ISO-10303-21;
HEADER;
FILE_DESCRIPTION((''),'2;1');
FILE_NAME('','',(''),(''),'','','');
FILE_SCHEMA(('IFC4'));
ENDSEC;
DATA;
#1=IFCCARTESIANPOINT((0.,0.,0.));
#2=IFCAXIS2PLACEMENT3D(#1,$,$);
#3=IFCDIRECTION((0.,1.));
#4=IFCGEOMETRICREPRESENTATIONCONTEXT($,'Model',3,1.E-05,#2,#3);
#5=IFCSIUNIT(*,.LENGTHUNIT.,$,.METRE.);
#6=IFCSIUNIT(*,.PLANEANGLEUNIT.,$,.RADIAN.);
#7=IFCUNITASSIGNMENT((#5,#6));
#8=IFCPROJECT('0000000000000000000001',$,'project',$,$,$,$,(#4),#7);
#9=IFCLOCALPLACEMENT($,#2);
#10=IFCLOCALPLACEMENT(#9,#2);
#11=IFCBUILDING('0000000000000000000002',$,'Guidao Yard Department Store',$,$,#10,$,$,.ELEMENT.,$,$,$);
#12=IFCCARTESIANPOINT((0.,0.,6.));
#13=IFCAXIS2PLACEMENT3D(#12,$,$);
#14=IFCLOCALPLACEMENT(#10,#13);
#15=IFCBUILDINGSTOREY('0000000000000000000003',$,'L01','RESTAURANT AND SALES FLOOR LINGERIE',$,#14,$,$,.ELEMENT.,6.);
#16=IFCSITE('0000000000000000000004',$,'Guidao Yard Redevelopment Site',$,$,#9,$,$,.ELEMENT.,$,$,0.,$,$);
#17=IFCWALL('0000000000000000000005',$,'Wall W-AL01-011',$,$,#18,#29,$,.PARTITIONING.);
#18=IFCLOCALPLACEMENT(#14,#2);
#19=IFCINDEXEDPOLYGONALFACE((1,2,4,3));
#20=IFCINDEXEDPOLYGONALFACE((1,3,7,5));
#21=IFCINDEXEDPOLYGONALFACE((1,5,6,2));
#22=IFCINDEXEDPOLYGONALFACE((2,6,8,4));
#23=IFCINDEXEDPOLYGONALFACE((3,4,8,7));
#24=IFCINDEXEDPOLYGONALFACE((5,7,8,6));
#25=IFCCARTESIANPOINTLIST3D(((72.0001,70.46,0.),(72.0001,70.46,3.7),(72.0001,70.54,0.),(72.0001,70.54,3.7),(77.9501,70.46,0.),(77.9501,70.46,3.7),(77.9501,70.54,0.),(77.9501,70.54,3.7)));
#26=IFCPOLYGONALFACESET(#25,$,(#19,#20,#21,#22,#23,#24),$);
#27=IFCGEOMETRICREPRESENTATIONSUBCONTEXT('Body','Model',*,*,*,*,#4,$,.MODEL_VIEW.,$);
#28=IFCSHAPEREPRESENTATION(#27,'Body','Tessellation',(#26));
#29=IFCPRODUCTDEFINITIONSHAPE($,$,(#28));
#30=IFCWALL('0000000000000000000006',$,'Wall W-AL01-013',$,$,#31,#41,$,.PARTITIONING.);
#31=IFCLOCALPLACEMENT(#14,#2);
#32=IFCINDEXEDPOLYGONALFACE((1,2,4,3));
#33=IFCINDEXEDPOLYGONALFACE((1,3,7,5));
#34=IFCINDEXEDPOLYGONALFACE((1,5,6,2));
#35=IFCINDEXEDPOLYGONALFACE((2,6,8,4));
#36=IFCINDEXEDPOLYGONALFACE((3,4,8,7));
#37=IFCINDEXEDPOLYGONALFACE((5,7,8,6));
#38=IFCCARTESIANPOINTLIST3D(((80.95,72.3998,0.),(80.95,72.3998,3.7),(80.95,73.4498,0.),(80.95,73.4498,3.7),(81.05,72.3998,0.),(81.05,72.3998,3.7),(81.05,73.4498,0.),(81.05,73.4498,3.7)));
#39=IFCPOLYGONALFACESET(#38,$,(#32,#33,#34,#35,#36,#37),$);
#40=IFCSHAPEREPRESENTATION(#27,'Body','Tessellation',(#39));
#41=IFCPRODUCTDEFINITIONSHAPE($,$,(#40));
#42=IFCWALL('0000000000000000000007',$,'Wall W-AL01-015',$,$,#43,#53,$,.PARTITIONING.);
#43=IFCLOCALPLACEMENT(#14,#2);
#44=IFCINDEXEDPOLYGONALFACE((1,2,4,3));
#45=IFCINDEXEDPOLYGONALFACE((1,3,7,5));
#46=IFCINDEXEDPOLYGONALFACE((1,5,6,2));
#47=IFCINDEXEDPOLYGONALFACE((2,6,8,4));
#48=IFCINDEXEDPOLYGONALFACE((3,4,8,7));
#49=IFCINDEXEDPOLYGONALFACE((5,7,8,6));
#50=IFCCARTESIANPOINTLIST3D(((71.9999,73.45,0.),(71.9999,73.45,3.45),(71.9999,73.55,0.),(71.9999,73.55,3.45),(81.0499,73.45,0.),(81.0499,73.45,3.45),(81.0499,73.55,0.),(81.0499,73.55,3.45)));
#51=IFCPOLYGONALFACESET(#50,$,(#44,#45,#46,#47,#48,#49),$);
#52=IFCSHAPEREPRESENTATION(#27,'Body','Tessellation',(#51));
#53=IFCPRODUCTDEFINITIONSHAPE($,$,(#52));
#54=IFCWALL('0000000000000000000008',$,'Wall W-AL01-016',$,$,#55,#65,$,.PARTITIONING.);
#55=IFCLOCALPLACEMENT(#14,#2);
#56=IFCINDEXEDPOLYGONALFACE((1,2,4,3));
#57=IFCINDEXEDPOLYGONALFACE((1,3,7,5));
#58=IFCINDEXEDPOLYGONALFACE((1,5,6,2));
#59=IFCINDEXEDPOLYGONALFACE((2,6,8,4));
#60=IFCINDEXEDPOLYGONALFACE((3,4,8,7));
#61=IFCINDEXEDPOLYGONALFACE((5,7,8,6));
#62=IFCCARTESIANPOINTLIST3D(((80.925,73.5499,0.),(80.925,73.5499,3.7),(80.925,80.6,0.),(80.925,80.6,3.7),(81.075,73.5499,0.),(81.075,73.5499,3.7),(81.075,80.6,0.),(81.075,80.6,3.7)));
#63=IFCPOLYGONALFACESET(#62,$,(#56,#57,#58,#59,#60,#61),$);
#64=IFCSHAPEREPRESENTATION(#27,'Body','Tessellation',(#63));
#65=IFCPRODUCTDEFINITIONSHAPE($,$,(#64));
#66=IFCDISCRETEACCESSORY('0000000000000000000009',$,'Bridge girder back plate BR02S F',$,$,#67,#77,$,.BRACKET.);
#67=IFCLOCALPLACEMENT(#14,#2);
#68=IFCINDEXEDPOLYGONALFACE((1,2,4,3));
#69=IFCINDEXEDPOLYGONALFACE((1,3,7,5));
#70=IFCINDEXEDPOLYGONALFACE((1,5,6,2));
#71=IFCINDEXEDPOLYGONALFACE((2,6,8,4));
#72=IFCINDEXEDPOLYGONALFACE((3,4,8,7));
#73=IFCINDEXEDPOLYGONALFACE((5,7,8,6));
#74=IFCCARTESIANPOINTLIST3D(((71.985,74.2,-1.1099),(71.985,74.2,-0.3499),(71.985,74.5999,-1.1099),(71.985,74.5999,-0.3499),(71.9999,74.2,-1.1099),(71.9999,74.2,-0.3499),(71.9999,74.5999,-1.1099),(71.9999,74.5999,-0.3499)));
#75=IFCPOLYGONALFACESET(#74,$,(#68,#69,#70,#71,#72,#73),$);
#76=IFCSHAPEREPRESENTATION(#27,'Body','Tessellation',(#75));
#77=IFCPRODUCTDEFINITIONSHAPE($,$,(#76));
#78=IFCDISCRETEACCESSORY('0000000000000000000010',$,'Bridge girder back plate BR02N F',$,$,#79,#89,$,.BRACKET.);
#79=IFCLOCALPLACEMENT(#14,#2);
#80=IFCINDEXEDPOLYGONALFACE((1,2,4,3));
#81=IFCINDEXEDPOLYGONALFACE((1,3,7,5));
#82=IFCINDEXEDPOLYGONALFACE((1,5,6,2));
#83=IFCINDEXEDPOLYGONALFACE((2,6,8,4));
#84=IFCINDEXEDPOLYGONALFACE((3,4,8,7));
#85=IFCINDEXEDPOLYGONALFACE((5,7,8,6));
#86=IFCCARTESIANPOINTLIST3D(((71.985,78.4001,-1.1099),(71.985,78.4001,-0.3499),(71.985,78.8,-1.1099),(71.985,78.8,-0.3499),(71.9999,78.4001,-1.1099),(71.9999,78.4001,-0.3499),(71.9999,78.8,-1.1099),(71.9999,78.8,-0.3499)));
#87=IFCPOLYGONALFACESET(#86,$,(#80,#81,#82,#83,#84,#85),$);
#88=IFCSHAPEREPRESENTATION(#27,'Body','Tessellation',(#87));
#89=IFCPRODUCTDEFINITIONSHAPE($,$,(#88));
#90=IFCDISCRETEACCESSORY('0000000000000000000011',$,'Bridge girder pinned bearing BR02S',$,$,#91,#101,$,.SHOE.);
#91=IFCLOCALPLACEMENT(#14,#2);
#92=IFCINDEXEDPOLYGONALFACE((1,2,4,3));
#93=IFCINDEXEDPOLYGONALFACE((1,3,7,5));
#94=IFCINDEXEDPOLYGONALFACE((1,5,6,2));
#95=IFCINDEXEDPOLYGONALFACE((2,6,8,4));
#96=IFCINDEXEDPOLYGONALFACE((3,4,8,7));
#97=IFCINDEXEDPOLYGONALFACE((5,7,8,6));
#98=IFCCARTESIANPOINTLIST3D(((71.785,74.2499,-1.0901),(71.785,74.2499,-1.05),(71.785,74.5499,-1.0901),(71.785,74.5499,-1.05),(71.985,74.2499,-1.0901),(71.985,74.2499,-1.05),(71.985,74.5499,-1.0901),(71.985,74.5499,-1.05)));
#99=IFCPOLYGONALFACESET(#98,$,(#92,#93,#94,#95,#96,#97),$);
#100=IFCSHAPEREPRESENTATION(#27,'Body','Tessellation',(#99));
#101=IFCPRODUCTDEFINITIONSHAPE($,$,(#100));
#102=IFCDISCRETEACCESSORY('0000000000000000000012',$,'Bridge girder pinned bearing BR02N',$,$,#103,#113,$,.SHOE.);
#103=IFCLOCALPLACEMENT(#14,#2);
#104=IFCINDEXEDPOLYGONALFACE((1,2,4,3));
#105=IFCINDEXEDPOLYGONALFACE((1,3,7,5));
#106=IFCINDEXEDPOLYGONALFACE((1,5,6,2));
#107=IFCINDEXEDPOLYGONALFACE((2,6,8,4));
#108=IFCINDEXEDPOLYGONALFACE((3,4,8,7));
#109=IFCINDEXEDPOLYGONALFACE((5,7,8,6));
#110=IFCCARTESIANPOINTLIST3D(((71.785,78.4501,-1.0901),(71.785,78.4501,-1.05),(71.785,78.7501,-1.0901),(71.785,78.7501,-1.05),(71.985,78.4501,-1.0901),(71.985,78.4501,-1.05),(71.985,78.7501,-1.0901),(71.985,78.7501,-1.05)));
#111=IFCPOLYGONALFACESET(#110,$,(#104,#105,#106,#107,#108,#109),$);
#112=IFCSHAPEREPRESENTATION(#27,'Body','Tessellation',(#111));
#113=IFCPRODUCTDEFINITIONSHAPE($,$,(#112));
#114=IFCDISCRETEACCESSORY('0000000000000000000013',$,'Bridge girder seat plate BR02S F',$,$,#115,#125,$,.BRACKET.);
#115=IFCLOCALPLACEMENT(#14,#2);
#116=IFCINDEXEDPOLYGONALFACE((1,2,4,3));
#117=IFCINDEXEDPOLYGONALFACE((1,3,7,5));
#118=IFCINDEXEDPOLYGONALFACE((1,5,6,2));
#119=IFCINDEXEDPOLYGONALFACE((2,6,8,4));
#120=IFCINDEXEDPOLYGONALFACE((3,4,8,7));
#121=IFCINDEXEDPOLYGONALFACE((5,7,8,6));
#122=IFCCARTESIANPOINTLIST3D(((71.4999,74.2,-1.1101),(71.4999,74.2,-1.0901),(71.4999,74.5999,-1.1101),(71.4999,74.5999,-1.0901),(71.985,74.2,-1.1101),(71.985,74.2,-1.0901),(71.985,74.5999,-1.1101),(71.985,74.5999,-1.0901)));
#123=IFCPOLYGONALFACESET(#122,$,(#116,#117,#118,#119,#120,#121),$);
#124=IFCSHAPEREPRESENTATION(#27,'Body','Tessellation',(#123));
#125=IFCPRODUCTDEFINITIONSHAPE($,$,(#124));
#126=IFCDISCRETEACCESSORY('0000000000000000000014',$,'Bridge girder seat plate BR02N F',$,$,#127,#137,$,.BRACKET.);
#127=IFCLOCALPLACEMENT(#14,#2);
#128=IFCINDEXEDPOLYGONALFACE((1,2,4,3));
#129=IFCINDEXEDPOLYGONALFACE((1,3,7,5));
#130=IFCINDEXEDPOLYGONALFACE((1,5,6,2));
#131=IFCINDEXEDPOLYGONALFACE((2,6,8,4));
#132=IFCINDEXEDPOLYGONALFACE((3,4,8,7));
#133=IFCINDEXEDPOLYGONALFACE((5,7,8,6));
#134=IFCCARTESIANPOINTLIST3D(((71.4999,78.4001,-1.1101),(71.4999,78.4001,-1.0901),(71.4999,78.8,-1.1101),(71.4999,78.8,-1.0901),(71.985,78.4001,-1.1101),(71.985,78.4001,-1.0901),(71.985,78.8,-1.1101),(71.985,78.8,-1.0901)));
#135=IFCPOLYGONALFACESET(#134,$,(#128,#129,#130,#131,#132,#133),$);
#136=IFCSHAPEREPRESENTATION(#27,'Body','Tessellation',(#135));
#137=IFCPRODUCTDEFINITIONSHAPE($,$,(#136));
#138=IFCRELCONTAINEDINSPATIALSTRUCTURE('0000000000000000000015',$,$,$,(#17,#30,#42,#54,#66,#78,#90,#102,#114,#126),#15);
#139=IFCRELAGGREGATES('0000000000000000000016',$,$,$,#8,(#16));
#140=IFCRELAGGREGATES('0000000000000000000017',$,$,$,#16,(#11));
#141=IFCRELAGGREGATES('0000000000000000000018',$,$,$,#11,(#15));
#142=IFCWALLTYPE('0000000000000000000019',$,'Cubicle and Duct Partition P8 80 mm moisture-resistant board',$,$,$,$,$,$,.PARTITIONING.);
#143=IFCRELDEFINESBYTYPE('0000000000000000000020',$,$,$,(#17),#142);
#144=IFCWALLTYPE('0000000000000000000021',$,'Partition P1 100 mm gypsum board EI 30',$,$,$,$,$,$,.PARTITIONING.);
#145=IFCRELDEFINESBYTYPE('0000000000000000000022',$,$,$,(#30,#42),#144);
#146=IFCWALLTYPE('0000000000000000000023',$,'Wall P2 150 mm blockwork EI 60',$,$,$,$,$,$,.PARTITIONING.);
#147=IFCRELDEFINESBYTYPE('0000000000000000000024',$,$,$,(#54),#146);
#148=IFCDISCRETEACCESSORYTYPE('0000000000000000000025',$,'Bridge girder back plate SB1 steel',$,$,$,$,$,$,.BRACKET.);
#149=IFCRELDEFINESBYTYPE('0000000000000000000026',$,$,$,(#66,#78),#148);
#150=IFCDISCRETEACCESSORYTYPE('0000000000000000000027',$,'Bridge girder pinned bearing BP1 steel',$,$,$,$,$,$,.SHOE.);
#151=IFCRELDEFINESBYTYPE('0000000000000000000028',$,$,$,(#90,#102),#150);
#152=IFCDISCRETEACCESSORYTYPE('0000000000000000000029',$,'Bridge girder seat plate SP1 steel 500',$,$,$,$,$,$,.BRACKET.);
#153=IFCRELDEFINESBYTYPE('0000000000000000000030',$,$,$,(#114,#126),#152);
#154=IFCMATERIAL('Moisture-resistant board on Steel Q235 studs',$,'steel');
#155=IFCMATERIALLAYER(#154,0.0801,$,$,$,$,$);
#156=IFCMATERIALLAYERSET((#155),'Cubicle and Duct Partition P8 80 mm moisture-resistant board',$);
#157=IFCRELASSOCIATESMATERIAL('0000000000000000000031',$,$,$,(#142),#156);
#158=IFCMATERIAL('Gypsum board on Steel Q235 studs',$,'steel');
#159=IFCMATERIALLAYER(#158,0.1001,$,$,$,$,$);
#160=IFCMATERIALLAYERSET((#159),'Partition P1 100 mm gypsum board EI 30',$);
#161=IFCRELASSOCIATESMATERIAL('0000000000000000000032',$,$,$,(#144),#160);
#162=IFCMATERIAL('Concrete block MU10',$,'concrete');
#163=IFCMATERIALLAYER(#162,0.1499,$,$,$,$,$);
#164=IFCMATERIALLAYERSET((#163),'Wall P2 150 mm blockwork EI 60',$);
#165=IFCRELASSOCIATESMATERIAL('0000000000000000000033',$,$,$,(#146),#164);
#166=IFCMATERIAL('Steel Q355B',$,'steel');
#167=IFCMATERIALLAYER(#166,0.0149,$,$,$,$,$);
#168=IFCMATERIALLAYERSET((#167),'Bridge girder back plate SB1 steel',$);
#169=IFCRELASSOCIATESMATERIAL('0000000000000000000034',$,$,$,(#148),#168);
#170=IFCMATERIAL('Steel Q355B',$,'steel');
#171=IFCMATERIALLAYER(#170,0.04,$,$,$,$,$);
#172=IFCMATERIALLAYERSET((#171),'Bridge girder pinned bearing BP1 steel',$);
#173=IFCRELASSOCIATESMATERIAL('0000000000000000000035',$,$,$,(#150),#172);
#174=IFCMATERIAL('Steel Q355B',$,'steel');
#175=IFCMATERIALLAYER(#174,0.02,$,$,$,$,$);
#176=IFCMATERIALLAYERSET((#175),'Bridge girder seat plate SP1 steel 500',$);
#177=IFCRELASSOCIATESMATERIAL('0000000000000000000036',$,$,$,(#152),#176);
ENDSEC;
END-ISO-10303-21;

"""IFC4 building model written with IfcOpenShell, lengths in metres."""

from ifc_helpers import new_model, si_unit, direction, frame, frame_2d, origin, origin_2d, place, context, subcontext, project, spatial, rectangle, extrude, material, layer, layer_set, type_object, element, save


model = new_model("IFC4")

# Units and contexts
model_context = context("Model", 3, precision=1e-05, world=origin(), true_north=direction((0.0, 1.0)))
body_context = subcontext(model_context, "Body", "Model", "MODEL_VIEW")
ifc_project = project(units=[si_unit("LENGTHUNIT", "METRE"), si_unit("PLANEANGLEUNIT", "RADIAN")], contexts=[model_context])

# Site, building, storey
site_placement = place(None, origin())
site = spatial("IfcSite", under=ifc_project, at=site_placement, Name="Guidao Yard Redevelopment Site", CompositionType="ELEMENT", RefElevation=0.0)
building_placement = place(site_placement, origin())
building = spatial("IfcBuilding", under=site, at=building_placement, Name="Guidao Yard Department Store", CompositionType="ELEMENT")
storey_placement = place(building_placement, frame((0.0, 0.0, 6.0)))
storey = spatial("IfcBuildingStorey", under=building, at=storey_placement, Name="L01", Description="RESTAURANT AND SALES FLOOR LINGERIE", CompositionType="ELEMENT", Elevation=6.0)

# Walls
ifc_material_1 = material(Name="Moisture-resistant board on Steel Q235 studs", Category="steel")
ifc_layer_1 = layer(ifc_material_1, 0.0801)
ifc_layer_set_1 = layer_set([ifc_layer_1], Name="Cubicle and Duct Partition P8 80 mm moisture-resistant board")
wall_type_1 = type_object("IfcWallType", Name="Cubicle and Duct Partition P8 80 mm moisture-resistant board", PredefinedType="PARTITIONING", material=ifc_layer_set_1)
wall_1_placement = place(storey_placement, frame((72.0, 70.5, 0.0), z_axis=(0.0, 0.0, 1.0), x_axis=(1.0, 0.0, 0.0)))
element("IfcWall", 1, at=wall_1_placement, inside=storey, type_object=wall_type_1, Name="Wall W-AL01-011", PredefinedType="PARTITIONING", context=body_context, shape_type="SweptSolid", body=[
    extrude(rectangle(XDim=5.95, YDim=0.0801, at=frame_2d((2.9751, 0.0))), origin(), (0.0, 0.0, 1.0), 3.7),
])
ifc_material_2 = material(Name="Gypsum board on Steel Q235 studs", Category="steel")
ifc_layer_2 = layer(ifc_material_2, 0.1001)
ifc_layer_set_2 = layer_set([ifc_layer_2], Name="Partition P1 100 mm gypsum board EI 30")
wall_type_2 = type_object("IfcWallType", Name="Partition P1 100 mm gypsum board EI 30", PredefinedType="PARTITIONING", material=ifc_layer_set_2)
wall_2_placement = place(storey_placement, frame((81.0, 72.3999, 0.0), z_axis=(0.0, 0.0, 1.0), x_axis=(0.0, 1.0, 0.0)))
element("IfcWall", 2, at=wall_2_placement, inside=storey, type_object=wall_type_2, Name="Wall W-AL01-013", PredefinedType="PARTITIONING", context=body_context, shape_type="SweptSolid", body=[
    extrude(rectangle(XDim=1.05, YDim=0.1001, at=frame_2d((0.5249, 0.0))), origin(), (0.0, 0.0, 1.0), 3.7),
])
wall_3_placement = place(storey_placement, frame((72.0, 73.5, 0.0), z_axis=(0.0, 0.0, 1.0), x_axis=(1.0, 0.0, 0.0)))
element("IfcWall", 3, at=wall_3_placement, inside=storey, type_object=wall_type_2, Name="Wall W-AL01-015", PredefinedType="PARTITIONING", context=body_context, shape_type="SweptSolid", body=[
    extrude(rectangle(XDim=9.05, YDim=0.1001, at=frame_2d((4.5249, 0.0))), origin(), (0.0, 0.0, 1.0), 3.45),
])
ifc_material_3 = material(Name="Concrete block MU10", Category="concrete")
ifc_layer_3 = layer(ifc_material_3, 0.1499)
ifc_layer_set_3 = layer_set([ifc_layer_3], Name="Wall P2 150 mm blockwork EI 60")
wall_type_3 = type_object("IfcWallType", Name="Wall P2 150 mm blockwork EI 60", PredefinedType="PARTITIONING", material=ifc_layer_set_3)
wall_4_placement = place(storey_placement, frame((81.0, 73.55, 0.0), z_axis=(0.0, 0.0, 1.0), x_axis=(0.0, 1.0, 0.0)))
element("IfcWall", 4, at=wall_4_placement, inside=storey, type_object=wall_type_3, Name="Wall W-AL01-016", PredefinedType="PARTITIONING", context=body_context, shape_type="SweptSolid", body=[
    extrude(rectangle(XDim=7.05, YDim=0.1499, at=frame_2d((3.5249, 0.0))), origin(), (0.0, 0.0, 1.0), 3.7),
])

# Discrete accessories
ifc_material_4 = material(Name="Steel Q355B", Category="steel")
ifc_layer_4 = layer(ifc_material_4, 0.0149)
ifc_layer_set_4 = layer_set([ifc_layer_4], Name="Bridge girder back plate SB1 steel")
discrete_accessory_type_1 = type_object("IfcDiscreteAccessoryType", Name="Bridge girder back plate SB1 steel", PredefinedType="BRACKET", material=ifc_layer_set_4)
for number, where, z_axis, x_axis, name in (
    (5, (71.9924, 74.3999, -1.1099), (0.0, 0.0, 1.0), (1.0, 0.0, 0.0), "Bridge girder back plate BR02S F"),
    (6, (71.9924, 78.6001, -1.1099), (0.0, 0.0, 1.0), (1.0, 0.0, 0.0), "Bridge girder back plate BR02N F"),
):
    element("IfcDiscreteAccessory", number, at=place(storey_placement, frame(where, z_axis=z_axis, x_axis=x_axis)), inside=storey, type_object=discrete_accessory_type_1, Name=name, PredefinedType="BRACKET", context=body_context, shape_type="SweptSolid", body=[
        extrude(rectangle(XDim=0.0149, YDim=0.3999, at=origin_2d()), origin(), (0.0, 0.0, 1.0), 0.76),
    ])
ifc_material_5 = material(Name="Steel Q355B", Category="steel")
ifc_layer_5 = layer(ifc_material_5, 0.04)
ifc_layer_set_5 = layer_set([ifc_layer_5], Name="Bridge girder pinned bearing BP1 steel")
discrete_accessory_type_2 = type_object("IfcDiscreteAccessoryType", Name="Bridge girder pinned bearing BP1 steel", PredefinedType="SHOE", material=ifc_layer_set_5)
for number, where, z_axis, x_axis, name in (
    (7, (71.885, 74.3999, -1.0901), (0.0, 0.0, 1.0), (1.0, 0.0, 0.0), "Bridge girder pinned bearing BR02S"),
    (8, (71.885, 78.6001, -1.0901), (0.0, 0.0, 1.0), (1.0, 0.0, 0.0), "Bridge girder pinned bearing BR02N"),
):
    element("IfcDiscreteAccessory", number, at=place(storey_placement, frame(where, z_axis=z_axis, x_axis=x_axis)), inside=storey, type_object=discrete_accessory_type_2, Name=name, PredefinedType="SHOE", context=body_context, shape_type="SweptSolid", body=[
        extrude(rectangle(XDim=0.2, YDim=0.3, at=origin_2d()), origin(), (0.0, 0.0, 1.0), 0.04),
    ])
ifc_material_6 = material(Name="Steel Q355B", Category="steel")
ifc_layer_6 = layer(ifc_material_6, 0.02)
ifc_layer_set_6 = layer_set([ifc_layer_6], Name="Bridge girder seat plate SP1 steel 500")
discrete_accessory_type_3 = type_object("IfcDiscreteAccessoryType", Name="Bridge girder seat plate SP1 steel 500", PredefinedType="BRACKET", material=ifc_layer_set_6)
for number, where, z_axis, x_axis, name in (
    (9, (71.7424, 74.3999, -1.1101), (0.0, 0.0, 1.0), (1.0, 0.0, 0.0), "Bridge girder seat plate BR02S F"),
    (10, (71.7424, 78.6001, -1.1101), (0.0, 0.0, 1.0), (1.0, 0.0, 0.0), "Bridge girder seat plate BR02N F"),
):
    element("IfcDiscreteAccessory", number, at=place(storey_placement, frame(where, z_axis=z_axis, x_axis=x_axis)), inside=storey, type_object=discrete_accessory_type_3, Name=name, PredefinedType="BRACKET", context=body_context, shape_type="SweptSolid", body=[
        extrude(rectangle(XDim=0.4851, YDim=0.3999, at=origin_2d()), origin(), (0.0, 0.0, 1.0), 0.02),
    ])

save(model, "model.ifc")
